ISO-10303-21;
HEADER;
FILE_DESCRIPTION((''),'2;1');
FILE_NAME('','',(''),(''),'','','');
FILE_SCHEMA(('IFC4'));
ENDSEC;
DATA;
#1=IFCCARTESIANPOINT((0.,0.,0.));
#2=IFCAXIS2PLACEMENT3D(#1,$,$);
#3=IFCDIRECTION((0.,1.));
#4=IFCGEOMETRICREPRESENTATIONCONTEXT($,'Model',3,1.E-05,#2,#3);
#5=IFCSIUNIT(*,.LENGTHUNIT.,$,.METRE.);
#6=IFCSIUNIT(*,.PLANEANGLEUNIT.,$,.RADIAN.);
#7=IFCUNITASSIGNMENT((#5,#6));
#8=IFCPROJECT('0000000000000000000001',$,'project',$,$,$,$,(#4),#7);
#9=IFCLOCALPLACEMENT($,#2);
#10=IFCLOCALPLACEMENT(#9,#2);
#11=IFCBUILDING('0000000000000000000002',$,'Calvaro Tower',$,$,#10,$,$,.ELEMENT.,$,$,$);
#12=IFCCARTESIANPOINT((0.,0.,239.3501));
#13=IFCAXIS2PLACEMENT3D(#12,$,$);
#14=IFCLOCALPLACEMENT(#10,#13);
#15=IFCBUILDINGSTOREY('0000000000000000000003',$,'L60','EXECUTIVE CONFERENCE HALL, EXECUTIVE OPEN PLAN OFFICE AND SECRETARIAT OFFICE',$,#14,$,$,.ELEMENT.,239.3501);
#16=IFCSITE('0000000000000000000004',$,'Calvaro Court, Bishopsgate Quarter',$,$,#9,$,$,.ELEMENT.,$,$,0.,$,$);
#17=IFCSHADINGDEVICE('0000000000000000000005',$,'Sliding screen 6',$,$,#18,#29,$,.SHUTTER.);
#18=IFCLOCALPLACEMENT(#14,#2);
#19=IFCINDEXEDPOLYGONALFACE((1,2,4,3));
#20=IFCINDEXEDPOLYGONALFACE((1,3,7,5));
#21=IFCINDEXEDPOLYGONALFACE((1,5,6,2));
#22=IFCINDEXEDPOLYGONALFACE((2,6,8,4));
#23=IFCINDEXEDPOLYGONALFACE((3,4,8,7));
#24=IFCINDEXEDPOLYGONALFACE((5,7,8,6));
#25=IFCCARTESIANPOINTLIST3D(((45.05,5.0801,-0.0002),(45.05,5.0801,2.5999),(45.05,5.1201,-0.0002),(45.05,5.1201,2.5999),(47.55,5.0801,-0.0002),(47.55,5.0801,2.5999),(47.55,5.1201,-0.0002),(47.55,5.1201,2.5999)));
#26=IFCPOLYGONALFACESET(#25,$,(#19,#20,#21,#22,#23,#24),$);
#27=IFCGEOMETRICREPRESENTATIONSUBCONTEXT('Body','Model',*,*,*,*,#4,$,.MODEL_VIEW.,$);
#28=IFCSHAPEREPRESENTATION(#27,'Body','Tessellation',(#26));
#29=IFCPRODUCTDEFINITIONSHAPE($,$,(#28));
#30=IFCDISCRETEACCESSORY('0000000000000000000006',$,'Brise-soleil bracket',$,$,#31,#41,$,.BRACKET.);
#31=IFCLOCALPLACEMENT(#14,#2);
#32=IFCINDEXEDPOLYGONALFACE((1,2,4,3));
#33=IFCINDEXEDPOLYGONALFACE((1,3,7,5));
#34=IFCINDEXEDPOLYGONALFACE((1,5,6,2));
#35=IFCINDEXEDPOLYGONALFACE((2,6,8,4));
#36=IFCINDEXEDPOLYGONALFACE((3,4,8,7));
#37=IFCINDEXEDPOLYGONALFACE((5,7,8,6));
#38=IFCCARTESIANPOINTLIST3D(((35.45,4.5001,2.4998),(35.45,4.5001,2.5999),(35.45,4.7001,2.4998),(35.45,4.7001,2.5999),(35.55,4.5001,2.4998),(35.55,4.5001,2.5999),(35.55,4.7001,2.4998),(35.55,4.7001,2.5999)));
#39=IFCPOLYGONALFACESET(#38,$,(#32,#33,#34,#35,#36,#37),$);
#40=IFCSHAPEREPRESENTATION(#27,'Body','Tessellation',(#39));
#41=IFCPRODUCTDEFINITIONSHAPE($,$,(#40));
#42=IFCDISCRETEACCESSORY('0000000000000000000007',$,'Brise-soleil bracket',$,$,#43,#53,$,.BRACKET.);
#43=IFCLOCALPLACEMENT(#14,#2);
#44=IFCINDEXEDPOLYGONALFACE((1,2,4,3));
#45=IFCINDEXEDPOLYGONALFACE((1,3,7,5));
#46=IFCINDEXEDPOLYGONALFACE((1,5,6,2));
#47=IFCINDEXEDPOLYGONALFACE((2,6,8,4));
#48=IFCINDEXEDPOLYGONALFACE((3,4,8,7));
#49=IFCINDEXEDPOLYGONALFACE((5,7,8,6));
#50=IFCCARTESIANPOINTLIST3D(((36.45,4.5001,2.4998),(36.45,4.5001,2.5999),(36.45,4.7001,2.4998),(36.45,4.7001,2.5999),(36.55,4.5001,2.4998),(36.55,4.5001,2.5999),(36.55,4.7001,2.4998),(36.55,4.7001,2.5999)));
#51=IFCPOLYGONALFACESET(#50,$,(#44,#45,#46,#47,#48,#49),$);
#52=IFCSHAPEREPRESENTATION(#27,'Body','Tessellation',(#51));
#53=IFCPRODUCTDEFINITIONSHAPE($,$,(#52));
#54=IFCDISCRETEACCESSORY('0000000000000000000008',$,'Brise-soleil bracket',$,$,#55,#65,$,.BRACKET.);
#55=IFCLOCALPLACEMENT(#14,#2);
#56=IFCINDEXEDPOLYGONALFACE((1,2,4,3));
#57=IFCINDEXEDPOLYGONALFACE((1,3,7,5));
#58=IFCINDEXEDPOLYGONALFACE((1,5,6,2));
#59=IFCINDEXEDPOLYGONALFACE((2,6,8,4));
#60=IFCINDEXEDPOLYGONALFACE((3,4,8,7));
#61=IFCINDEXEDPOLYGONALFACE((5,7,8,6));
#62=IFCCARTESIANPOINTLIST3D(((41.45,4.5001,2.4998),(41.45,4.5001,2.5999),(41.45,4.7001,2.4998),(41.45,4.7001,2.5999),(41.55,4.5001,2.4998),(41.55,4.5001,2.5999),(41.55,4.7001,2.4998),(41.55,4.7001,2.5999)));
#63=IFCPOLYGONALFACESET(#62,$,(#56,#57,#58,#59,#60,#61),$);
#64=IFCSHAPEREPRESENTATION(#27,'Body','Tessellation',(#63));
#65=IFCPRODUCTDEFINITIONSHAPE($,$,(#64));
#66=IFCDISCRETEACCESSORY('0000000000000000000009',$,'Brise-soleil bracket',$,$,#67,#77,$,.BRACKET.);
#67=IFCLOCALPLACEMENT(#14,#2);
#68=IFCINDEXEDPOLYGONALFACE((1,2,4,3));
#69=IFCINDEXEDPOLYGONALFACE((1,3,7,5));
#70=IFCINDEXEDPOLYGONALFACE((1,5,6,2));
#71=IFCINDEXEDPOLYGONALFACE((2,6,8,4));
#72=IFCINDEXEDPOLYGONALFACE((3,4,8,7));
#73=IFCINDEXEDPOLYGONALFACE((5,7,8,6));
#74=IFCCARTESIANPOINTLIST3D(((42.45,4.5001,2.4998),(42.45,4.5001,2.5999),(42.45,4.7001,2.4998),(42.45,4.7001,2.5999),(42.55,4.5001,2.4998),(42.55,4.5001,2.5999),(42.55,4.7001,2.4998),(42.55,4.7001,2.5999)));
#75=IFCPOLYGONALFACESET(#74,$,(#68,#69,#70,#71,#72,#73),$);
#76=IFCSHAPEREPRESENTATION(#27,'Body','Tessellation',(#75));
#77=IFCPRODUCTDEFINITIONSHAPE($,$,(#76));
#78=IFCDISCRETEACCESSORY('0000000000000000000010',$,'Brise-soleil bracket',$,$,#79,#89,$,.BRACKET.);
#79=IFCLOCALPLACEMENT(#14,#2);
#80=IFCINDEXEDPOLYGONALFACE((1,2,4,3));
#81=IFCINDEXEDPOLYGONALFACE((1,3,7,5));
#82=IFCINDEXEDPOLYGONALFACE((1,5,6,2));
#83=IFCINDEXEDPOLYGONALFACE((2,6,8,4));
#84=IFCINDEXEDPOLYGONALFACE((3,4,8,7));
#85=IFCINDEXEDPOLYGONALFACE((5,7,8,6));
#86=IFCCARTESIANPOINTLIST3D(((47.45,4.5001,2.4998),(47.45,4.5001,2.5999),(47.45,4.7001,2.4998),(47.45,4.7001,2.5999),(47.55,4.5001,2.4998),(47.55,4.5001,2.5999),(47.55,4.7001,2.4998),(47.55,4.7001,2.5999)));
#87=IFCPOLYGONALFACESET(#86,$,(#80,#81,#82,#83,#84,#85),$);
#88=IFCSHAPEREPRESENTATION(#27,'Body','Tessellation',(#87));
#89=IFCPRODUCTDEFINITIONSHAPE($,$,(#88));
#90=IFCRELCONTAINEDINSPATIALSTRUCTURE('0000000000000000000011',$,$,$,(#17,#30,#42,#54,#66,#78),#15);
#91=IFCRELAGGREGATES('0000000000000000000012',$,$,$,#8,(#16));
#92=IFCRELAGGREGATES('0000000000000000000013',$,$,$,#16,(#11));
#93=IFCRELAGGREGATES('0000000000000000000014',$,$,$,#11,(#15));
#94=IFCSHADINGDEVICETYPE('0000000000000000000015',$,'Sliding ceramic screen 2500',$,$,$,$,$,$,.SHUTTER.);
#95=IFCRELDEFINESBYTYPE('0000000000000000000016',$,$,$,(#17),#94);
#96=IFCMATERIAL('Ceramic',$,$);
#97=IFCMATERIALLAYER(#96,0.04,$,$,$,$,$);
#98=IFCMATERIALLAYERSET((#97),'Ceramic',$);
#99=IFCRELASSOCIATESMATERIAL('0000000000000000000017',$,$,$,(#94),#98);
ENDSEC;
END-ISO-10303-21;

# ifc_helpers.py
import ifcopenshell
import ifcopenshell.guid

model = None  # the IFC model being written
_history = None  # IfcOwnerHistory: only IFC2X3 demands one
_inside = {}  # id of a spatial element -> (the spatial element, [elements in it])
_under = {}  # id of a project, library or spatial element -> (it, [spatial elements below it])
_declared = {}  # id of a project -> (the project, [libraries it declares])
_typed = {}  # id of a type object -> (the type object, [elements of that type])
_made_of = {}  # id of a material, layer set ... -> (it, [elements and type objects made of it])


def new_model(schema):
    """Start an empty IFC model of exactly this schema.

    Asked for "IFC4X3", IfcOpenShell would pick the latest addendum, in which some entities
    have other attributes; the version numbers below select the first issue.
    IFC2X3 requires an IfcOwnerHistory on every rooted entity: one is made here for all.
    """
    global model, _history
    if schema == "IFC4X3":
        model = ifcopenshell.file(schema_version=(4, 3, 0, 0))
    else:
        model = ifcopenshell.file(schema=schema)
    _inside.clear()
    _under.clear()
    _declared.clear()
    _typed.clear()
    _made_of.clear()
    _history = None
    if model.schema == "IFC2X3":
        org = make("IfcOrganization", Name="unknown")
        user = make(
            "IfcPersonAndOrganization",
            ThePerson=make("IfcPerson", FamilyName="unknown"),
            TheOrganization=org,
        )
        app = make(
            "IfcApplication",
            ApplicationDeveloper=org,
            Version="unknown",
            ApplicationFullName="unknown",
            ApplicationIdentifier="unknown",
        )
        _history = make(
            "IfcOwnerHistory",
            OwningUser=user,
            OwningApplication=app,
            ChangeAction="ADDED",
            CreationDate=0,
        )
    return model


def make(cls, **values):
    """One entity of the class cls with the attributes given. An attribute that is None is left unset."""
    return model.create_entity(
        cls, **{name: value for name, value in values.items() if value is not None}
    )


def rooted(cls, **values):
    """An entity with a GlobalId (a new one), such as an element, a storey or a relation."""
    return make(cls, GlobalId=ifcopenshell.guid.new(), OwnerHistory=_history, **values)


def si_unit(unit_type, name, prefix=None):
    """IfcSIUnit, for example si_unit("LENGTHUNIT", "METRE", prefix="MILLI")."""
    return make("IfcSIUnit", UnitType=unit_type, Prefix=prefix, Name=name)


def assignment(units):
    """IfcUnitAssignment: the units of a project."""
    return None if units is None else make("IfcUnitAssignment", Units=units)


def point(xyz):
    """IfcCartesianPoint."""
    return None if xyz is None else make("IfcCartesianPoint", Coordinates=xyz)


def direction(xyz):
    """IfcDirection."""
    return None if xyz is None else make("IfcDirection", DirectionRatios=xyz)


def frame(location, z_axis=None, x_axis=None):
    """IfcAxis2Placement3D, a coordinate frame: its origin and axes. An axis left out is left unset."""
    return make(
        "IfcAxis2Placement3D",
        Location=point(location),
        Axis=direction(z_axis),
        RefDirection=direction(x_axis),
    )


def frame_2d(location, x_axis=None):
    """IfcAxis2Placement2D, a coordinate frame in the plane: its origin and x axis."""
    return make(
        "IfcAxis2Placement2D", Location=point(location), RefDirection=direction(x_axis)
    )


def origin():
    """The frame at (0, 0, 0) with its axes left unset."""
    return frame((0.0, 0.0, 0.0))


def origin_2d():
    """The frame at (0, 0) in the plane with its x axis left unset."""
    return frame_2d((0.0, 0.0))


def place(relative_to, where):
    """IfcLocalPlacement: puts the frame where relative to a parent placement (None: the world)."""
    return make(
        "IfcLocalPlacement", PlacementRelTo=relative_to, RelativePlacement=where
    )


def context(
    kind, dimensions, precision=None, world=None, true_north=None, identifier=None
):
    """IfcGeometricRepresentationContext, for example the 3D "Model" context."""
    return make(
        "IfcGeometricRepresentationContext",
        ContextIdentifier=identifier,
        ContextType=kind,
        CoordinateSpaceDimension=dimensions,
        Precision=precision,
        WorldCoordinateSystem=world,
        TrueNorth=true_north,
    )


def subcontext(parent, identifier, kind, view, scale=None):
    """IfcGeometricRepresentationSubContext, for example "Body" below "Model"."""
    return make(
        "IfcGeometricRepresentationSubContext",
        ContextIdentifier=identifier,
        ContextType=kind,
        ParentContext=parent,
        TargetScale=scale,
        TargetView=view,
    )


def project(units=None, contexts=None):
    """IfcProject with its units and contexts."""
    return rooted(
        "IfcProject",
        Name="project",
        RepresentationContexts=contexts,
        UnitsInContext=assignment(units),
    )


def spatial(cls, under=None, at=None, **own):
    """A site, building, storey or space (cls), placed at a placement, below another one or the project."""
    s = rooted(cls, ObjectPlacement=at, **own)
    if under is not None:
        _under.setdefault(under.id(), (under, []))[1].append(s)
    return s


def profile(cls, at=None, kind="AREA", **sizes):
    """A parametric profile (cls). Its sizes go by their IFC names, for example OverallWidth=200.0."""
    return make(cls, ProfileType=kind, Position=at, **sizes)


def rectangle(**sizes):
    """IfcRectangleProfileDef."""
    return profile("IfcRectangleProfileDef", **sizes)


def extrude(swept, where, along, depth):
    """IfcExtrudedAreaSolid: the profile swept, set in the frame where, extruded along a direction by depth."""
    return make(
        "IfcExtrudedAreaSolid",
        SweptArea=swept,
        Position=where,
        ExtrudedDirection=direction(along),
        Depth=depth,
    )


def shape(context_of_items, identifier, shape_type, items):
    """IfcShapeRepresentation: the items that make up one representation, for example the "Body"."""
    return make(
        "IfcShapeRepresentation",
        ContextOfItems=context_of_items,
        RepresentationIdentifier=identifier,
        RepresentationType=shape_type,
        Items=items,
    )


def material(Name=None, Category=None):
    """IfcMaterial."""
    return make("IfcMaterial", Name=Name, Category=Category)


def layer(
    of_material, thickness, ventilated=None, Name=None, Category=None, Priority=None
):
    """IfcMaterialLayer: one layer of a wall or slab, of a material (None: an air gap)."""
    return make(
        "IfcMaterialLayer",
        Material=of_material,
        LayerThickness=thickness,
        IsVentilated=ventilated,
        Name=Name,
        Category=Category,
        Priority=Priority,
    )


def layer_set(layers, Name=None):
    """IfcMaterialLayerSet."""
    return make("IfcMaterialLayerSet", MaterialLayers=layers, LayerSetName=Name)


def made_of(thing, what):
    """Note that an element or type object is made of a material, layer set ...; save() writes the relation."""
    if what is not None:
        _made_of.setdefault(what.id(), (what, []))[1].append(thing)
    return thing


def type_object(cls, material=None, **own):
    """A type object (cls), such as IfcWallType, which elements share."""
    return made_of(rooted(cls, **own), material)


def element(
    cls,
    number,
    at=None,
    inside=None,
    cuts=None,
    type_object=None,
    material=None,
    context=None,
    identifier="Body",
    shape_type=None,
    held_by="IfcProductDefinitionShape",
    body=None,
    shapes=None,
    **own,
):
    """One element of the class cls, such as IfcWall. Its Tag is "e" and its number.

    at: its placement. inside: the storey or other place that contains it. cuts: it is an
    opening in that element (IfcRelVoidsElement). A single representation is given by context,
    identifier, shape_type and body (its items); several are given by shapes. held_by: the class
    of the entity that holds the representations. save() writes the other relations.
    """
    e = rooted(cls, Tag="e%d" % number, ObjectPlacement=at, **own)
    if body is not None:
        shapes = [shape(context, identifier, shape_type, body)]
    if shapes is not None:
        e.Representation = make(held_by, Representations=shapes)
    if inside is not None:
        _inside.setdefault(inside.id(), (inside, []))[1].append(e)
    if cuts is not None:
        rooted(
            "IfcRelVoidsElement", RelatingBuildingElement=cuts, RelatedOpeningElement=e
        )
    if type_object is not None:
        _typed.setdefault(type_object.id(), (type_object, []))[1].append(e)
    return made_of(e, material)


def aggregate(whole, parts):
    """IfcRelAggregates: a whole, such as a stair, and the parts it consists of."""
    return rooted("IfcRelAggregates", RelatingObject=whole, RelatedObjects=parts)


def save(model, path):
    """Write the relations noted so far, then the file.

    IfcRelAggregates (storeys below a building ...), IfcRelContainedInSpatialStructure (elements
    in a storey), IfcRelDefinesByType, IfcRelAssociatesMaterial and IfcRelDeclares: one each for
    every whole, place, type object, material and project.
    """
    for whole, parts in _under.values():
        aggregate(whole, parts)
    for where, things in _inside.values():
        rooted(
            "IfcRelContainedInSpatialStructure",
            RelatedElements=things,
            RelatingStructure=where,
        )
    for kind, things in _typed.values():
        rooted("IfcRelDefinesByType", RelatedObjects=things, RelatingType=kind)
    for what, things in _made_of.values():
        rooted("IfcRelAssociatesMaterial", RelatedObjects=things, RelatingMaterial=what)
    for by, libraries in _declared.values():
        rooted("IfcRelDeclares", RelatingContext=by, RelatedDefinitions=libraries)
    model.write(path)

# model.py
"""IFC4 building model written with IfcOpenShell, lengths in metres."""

from ifc_helpers import new_model, si_unit, direction, frame, origin, origin_2d, place, context, subcontext, project, spatial, rectangle, extrude, material, layer, layer_set, type_object, element, save


model = new_model("IFC4")

# Units and contexts
model_context = context("Model", 3, precision=1e-05, world=origin(), true_north=direction((0.0, 1.0)))
body_context = subcontext(model_context, "Body", "Model", "MODEL_VIEW")
ifc_project = project(units=[si_unit("LENGTHUNIT", "METRE"), si_unit("PLANEANGLEUNIT", "RADIAN")], contexts=[model_context])

# Site, building, storey
site_placement = place(None, origin())
site = spatial("IfcSite", under=ifc_project, at=site_placement, Name="Calvaro Court, Bishopsgate Quarter", CompositionType="ELEMENT", RefElevation=0.0)
building_placement = place(site_placement, origin())
building = spatial("IfcBuilding", under=site, at=building_placement, Name="Calvaro Tower", CompositionType="ELEMENT")
storey_placement = place(building_placement, frame((0.0, 0.0, 239.3501)))
storey = spatial("IfcBuildingStorey", under=building, at=storey_placement, Name="L60", Description="EXECUTIVE CONFERENCE HALL, EXECUTIVE OPEN PLAN OFFICE AND SECRETARIAT OFFICE", CompositionType="ELEMENT", Elevation=239.3501)

# Shading device
ifc_material_1 = material(Name="Ceramic")
ifc_layer_1 = layer(ifc_material_1, 0.04)
ifc_layer_set_1 = layer_set([ifc_layer_1], Name="Ceramic")
shading_device_type_1 = type_object("IfcShadingDeviceType", Name="Sliding ceramic screen 2500", PredefinedType="SHUTTER", material=ifc_layer_set_1)
for number, where, z_axis, x_axis, name in (
    (1, (46.3, 5.1001, -0.0002), (0.0, 0.0, 1.0), (1.0, 0.0, 0.0), "Sliding screen 6"),
):
    element("IfcShadingDevice", number, at=place(storey_placement, frame(where, z_axis=z_axis, x_axis=x_axis)), inside=storey, type_object=shading_device_type_1, Name=name, PredefinedType="SHUTTER", context=body_context, shape_type="SweptSolid", body=[
        extrude(rectangle(XDim=2.5, YDim=0.04, at=origin_2d()), origin(), (0.0, 0.0, 1.0), 2.6001),
    ])

# Discrete accessories
for number, where, z_axis, x_axis, name in (
    (2, (35.5, 4.6001, 2.4998), (0.0, 0.0, 1.0), (1.0, 0.0, 0.0), "Brise-soleil bracket"),
    (3, (36.5, 4.6001, 2.4998), (0.0, 0.0, 1.0), (1.0, 0.0, 0.0), "Brise-soleil bracket"),
    (4, (41.5, 4.6001, 2.4998), (0.0, 0.0, 1.0), (1.0, 0.0, 0.0), "Brise-soleil bracket"),
    (5, (42.5, 4.6001, 2.4998), (0.0, 0.0, 1.0), (1.0, 0.0, 0.0), "Brise-soleil bracket"),
    (6, (47.5, 4.6001, 2.4998), (0.0, 0.0, 1.0), (1.0, 0.0, 0.0), "Brise-soleil bracket"),
):
    element("IfcDiscreteAccessory", number, at=place(storey_placement, frame(where, z_axis=z_axis, x_axis=x_axis)), inside=storey, Name=name, PredefinedType="BRACKET", context=body_context, shape_type="SweptSolid", body=[
        extrude(rectangle(XDim=0.1001, YDim=0.2, at=origin_2d()), origin(), (0.0, 0.0, 1.0), 0.1001),
    ])

save(model, "model.ifc")
